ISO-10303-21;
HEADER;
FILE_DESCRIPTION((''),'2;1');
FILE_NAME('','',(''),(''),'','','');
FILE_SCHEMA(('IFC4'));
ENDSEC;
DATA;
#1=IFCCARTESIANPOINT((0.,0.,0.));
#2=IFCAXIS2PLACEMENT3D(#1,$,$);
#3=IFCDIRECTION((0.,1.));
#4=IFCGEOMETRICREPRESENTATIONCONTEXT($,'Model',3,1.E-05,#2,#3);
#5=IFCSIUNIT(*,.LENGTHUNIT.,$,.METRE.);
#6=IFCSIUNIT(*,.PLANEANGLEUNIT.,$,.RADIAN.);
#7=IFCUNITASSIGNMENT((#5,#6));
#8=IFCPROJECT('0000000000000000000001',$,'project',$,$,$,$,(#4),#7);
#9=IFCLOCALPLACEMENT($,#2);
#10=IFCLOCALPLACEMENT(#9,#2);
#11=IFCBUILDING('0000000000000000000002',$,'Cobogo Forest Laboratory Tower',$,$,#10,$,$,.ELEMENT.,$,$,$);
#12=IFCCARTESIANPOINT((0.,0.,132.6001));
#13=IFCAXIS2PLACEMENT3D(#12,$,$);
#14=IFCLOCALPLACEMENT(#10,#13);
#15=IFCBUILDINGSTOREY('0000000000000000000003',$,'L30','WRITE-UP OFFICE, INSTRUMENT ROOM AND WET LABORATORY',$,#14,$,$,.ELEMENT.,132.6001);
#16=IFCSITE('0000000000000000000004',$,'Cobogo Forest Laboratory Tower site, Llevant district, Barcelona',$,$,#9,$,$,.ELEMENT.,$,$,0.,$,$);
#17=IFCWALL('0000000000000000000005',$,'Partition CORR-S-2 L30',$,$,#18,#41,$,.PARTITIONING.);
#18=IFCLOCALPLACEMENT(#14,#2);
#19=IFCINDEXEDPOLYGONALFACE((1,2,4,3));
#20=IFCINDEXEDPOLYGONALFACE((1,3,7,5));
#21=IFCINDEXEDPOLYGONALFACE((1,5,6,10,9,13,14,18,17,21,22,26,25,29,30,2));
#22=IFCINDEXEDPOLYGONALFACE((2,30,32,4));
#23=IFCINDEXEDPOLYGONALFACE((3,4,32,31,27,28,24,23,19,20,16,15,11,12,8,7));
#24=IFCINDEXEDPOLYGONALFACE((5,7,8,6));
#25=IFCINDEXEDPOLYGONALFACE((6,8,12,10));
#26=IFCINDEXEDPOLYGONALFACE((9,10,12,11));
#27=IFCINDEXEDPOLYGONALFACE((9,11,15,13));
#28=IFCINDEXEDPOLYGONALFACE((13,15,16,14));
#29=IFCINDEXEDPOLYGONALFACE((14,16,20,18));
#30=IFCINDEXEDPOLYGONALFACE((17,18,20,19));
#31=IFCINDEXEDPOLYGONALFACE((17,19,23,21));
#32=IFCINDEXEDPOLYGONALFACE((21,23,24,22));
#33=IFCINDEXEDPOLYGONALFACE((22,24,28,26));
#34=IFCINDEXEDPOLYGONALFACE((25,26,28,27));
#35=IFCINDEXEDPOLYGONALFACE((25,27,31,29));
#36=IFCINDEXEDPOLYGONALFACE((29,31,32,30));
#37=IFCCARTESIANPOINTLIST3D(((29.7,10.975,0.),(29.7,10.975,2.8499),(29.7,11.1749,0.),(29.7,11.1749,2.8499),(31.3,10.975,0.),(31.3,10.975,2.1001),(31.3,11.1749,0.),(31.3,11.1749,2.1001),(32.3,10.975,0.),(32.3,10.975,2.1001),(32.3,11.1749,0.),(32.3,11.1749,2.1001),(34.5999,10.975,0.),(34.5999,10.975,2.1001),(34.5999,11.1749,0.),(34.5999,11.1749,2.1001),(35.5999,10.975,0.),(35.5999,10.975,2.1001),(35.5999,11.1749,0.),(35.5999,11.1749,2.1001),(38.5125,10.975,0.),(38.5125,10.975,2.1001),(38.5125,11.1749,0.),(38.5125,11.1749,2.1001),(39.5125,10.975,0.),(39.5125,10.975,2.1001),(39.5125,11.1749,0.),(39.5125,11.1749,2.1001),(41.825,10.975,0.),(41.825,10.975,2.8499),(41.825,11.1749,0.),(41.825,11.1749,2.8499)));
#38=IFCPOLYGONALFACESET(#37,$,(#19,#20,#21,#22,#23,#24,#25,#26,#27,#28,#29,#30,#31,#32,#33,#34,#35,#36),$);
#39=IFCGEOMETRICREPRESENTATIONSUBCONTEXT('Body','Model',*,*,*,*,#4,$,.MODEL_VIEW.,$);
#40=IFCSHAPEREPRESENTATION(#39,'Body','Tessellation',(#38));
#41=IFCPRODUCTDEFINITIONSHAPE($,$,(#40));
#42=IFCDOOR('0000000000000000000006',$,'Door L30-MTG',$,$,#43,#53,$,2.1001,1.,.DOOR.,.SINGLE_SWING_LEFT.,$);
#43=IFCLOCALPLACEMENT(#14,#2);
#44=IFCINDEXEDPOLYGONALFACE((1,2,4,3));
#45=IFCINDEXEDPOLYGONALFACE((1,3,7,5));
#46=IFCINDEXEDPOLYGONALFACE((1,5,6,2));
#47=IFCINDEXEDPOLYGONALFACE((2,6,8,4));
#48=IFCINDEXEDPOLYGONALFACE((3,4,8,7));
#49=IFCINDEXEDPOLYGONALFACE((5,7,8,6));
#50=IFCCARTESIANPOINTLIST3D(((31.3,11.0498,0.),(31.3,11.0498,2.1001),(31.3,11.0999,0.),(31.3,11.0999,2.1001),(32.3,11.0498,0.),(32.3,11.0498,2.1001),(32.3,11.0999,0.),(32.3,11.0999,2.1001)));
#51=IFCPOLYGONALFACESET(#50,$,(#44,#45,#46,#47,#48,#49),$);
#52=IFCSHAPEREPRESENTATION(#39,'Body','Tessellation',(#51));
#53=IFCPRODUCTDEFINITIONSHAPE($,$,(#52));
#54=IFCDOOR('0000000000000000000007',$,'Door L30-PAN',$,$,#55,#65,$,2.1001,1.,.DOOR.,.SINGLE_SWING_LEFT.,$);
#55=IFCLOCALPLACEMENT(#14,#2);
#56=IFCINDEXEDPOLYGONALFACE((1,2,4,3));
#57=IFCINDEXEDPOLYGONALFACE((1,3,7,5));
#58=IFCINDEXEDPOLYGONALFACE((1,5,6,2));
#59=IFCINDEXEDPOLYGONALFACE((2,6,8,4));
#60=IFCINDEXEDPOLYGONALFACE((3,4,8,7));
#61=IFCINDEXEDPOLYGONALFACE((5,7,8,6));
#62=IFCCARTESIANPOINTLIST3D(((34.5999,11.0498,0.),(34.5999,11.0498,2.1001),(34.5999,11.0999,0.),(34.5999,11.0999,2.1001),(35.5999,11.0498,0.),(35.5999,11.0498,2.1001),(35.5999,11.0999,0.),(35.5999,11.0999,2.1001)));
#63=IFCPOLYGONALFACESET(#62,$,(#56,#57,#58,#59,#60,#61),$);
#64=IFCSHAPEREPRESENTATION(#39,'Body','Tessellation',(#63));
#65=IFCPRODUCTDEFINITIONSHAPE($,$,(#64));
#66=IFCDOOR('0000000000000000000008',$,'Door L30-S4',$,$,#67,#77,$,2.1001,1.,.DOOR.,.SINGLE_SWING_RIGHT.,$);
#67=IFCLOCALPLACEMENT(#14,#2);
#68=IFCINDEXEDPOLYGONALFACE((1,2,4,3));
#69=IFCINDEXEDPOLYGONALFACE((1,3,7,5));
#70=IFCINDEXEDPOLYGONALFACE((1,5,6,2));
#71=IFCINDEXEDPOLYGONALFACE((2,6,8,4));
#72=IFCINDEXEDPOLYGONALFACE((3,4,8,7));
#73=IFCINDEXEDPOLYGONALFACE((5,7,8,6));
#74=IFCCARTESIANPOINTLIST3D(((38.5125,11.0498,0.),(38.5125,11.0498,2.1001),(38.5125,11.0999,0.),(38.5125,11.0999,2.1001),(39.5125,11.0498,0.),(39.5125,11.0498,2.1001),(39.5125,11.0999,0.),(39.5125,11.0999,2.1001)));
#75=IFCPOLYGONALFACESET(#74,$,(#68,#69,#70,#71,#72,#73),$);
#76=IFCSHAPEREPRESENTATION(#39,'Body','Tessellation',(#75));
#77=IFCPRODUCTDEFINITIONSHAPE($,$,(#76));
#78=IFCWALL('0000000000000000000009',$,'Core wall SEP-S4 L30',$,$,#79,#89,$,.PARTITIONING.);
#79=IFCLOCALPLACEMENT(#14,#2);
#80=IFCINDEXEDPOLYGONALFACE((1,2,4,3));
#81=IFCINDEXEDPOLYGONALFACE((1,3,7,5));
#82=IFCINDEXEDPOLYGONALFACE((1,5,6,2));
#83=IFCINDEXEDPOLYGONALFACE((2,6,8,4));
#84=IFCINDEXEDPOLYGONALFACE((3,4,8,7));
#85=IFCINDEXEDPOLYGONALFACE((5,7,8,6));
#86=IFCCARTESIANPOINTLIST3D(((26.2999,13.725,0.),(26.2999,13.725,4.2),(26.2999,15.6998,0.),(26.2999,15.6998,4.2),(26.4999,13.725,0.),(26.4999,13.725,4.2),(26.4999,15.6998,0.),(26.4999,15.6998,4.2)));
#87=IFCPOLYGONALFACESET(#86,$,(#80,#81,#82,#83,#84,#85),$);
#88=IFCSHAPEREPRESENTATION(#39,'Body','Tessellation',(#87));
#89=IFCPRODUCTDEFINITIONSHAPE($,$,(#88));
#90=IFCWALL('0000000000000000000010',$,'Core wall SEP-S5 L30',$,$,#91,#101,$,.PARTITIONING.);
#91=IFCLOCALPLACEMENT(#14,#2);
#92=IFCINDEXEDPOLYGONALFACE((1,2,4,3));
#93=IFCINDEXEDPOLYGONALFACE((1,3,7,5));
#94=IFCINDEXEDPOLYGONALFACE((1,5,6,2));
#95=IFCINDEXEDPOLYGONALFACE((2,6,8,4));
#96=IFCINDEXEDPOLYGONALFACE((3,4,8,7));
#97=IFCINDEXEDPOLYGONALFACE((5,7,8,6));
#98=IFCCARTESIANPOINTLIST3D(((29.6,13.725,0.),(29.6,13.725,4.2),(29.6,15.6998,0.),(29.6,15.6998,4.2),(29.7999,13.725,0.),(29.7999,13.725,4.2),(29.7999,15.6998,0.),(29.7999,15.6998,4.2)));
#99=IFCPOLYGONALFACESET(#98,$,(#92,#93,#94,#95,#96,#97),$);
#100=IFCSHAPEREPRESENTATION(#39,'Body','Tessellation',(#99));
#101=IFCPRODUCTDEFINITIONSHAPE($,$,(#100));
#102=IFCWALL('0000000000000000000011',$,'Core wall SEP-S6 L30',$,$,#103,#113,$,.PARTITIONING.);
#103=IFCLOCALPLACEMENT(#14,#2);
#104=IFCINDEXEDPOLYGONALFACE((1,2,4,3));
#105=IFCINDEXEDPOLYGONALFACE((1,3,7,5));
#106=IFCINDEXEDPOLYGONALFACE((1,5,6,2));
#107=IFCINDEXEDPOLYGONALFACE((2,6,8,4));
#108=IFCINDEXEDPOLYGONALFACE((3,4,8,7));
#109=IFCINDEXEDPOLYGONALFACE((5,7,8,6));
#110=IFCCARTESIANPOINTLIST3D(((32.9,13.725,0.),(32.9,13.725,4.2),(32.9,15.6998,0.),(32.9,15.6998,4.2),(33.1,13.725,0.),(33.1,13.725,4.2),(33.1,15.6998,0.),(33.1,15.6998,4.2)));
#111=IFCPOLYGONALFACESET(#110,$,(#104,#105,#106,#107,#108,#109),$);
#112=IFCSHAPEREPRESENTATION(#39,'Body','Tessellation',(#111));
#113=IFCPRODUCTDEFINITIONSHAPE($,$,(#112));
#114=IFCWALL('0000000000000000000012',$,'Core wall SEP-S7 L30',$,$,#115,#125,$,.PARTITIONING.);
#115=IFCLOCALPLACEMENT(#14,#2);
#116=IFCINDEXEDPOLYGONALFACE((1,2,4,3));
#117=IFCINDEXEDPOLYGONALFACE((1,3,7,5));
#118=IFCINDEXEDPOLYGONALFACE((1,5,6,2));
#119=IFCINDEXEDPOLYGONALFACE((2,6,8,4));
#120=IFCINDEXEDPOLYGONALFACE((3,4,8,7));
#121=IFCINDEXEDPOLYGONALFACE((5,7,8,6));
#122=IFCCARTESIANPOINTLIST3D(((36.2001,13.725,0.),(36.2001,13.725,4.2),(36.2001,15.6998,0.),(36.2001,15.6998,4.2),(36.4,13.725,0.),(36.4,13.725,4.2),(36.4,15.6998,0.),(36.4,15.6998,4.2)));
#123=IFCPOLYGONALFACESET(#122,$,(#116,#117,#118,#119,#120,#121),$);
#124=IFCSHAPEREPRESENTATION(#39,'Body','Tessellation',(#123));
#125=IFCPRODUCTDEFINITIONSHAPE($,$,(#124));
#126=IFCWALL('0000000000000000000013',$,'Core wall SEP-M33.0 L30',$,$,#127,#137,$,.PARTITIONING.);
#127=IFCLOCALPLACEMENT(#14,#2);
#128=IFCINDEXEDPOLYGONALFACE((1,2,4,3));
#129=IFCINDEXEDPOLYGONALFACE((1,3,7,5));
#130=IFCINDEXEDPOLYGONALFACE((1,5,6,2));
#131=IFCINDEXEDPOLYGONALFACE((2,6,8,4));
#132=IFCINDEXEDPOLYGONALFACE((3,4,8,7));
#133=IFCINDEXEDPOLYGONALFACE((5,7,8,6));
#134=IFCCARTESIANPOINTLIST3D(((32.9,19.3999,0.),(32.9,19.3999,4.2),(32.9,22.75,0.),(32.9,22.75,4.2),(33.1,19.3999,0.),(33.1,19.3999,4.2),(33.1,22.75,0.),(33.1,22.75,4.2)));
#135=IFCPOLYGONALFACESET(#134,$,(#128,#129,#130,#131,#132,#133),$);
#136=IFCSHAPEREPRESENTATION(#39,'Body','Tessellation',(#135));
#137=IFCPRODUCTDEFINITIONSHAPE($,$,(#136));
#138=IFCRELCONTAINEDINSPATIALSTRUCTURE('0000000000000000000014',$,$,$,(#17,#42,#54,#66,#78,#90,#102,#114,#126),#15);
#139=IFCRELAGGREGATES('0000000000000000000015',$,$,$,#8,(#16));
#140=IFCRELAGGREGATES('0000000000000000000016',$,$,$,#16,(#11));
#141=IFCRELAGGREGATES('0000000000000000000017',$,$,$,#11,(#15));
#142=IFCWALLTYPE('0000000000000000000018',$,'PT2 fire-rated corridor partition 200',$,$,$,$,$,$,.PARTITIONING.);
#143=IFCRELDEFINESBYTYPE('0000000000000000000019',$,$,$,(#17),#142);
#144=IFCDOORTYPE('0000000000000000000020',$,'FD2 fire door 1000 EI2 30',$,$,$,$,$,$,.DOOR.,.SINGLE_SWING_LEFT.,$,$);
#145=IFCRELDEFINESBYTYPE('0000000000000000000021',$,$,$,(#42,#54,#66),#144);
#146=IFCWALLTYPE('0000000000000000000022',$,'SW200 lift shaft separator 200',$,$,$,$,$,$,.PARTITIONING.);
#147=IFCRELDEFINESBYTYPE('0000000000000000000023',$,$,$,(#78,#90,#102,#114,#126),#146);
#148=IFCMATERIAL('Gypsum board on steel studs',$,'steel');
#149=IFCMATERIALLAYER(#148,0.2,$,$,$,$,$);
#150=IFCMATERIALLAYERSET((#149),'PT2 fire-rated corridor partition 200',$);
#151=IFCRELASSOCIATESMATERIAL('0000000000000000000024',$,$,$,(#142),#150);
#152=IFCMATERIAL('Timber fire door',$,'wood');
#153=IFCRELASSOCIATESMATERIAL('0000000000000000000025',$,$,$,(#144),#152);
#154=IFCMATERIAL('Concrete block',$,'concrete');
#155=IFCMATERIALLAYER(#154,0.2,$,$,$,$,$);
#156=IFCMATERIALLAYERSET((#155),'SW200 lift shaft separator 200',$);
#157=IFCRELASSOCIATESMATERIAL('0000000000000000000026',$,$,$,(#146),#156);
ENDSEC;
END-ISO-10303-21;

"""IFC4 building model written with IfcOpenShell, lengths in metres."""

from ifc_helpers import new_model, si_unit, direction, frame, frame_2d, origin, place, context, subcontext, project, spatial, rectangle, extrude, material, layer, layer_set, type_object, element, fill, save


model = new_model("IFC4")

# Units and contexts
model_context = context("Model", 3, precision=1e-05, world=origin(), true_north=direction((0.0, 1.0)))
body_context = subcontext(model_context, "Body", "Model", "MODEL_VIEW")
ifc_project = project(units=[si_unit("LENGTHUNIT", "METRE"), si_unit("PLANEANGLEUNIT", "RADIAN")], contexts=[model_context])

# Site, building, storey
site_placement = place(None, origin())
site = spatial("IfcSite", under=ifc_project, at=site_placement, Name="Cobogo Forest Laboratory Tower site, Llevant district, Barcelona", CompositionType="ELEMENT", RefElevation=0.0)
building_placement = place(site_placement, origin())
building = spatial("IfcBuilding", under=site, at=building_placement, Name="Cobogo Forest Laboratory Tower", CompositionType="ELEMENT")
storey_placement = place(building_placement, frame((0.0, 0.0, 132.6001)))
storey = spatial("IfcBuildingStorey", under=building, at=storey_placement, Name="L30", Description="WRITE-UP OFFICE, INSTRUMENT ROOM AND WET LABORATORY", CompositionType="ELEMENT", Elevation=132.6001)

# Wall, openings, doors
ifc_material_1 = material(Name="Gypsum board on steel studs", Category="steel")
ifc_layer_1 = layer(ifc_material_1, 0.2)
ifc_layer_set_1 = layer_set([ifc_layer_1], Name="PT2 fire-rated corridor partition 200")
wall_type_1 = type_object("IfcWallType", Name="PT2 fire-rated corridor partition 200", PredefinedType="PARTITIONING", material=ifc_layer_set_1)
wall_1_placement = place(storey_placement, frame((29.7, 11.075, 0.0), z_axis=(0.0, 0.0, 1.0), x_axis=(1.0, 0.0, 0.0)))
wall_1 = element("IfcWall", 1, at=wall_1_placement, inside=storey, type_object=wall_type_1, Name="Partition CORR-S-2 L30", PredefinedType="PARTITIONING", context=body_context, shape_type="SweptSolid", body=[
    extrude(rectangle(XDim=12.125, YDim=0.2, at=frame_2d((6.0625, 0.0))), origin(), (0.0, 0.0, 1.0), 2.8499),
])
opening_1_placement = place(wall_1_placement, frame((1.6001, 0.0, 0.0)))
opening_1 = element("IfcOpeningElement", 2, at=opening_1_placement, cuts=wall_1, PredefinedType="OPENING", context=body_context, shape_type="SweptSolid", body=[
    extrude(rectangle(XDim=1.0, YDim=2.1001, at=frame_2d((0.5, 1.05))), frame((0.0, 0.1099, 0.0), z_axis=(0.0, -1.0, 0.0), x_axis=(1.0, 0.0, 0.0)), (0.0, 0.0, 1.0), 0.22),
])
opening_2_placement = place(wall_1_placement, frame((4.8999, 0.0, 0.0)))
opening_2 = element("IfcOpeningElement", 3, at=opening_2_placement, cuts=wall_1, PredefinedType="OPENING", context=body_context, shape_type="SweptSolid", body=[
    extrude(rectangle(XDim=1.0, YDim=2.1001, at=frame_2d((0.5, 1.05))), frame((0.0, 0.1099, 0.0), z_axis=(0.0, -1.0, 0.0), x_axis=(1.0, 0.0, 0.0)), (0.0, 0.0, 1.0), 0.22),
])
opening_3_placement = place(wall_1_placement, frame((8.8125, 0.0, 0.0)))
opening_3 = element("IfcOpeningElement", 4, at=opening_3_placement, cuts=wall_1, PredefinedType="OPENING", context=body_context, shape_type="SweptSolid", body=[
    extrude(rectangle(XDim=1.0, YDim=2.1001, at=frame_2d((0.5, 1.05))), frame((0.0, 0.1099, 0.0), z_axis=(0.0, -1.0, 0.0), x_axis=(1.0, 0.0, 0.0)), (0.0, 0.0, 1.0), 0.22),
])
ifc_material_2 = material(Name="Timber fire door", Category="wood")
door_type_1 = type_object("IfcDoorType", Name="FD2 fire door 1000 EI2 30", OperationType="SINGLE_SWING_LEFT", PredefinedType="DOOR", material=ifc_material_2)
door_1_placement = place(opening_1_placement, origin())
door_1 = element("IfcDoor", 5, at=door_1_placement, inside=storey, type_object=door_type_1, Name="Door L30-MTG", OperationType="SINGLE_SWING_LEFT", OverallHeight=2.1001, OverallWidth=1.0, PredefinedType="DOOR", context=body_context, shape_type="SweptSolid", body=[
    extrude(rectangle(XDim=1.0, YDim=2.1001, at=frame_2d((0.5, 1.05))), frame((0.0, 0.0249, 0.0), z_axis=(0.0, -1.0, 0.0), x_axis=(1.0, 0.0, 0.0)), (0.0, 0.0, 1.0), 0.05),
])
fill(opening_1, door_1)
door_2_placement = place(opening_2_placement, origin())
door_2 = element("IfcDoor", 6, at=door_2_placement, inside=storey, type_object=door_type_1, Name="Door L30-PAN", OperationType="SINGLE_SWING_LEFT", OverallHeight=2.1001, OverallWidth=1.0, PredefinedType="DOOR", context=body_context, shape_type="SweptSolid", body=[
    extrude(rectangle(XDim=1.0, YDim=2.1001, at=frame_2d((0.5, 1.05))), frame((0.0, 0.0249, 0.0), z_axis=(0.0, -1.0, 0.0), x_axis=(1.0, 0.0, 0.0)), (0.0, 0.0, 1.0), 0.05),
])
fill(opening_2, door_2)
door_3_placement = place(opening_3_placement, origin())
door_3 = element("IfcDoor", 7, at=door_3_placement, inside=storey, type_object=door_type_1, Name="Door L30-S4", OperationType="SINGLE_SWING_RIGHT", OverallHeight=2.1001, OverallWidth=1.0, PredefinedType="DOOR", context=body_context, shape_type="SweptSolid", body=[
    extrude(rectangle(XDim=1.0, YDim=2.1001, at=frame_2d((0.5, 1.05))), frame((0.0, 0.0249, 0.0), z_axis=(0.0, -1.0, 0.0), x_axis=(1.0, 0.0, 0.0)), (0.0, 0.0, 1.0), 0.05),
])
fill(opening_3, door_3)

# Walls
ifc_material_3 = material(Name="Concrete block", Category="concrete")
ifc_layer_2 = layer(ifc_material_3, 0.2)
ifc_layer_set_2 = layer_set([ifc_layer_2], Name="SW200 lift shaft separator 200")
wall_type_2 = type_object("IfcWallType", Name="SW200 lift shaft separator 200", PredefinedType="PARTITIONING", material=ifc_layer_set_2)
for number, where, z_axis, x_axis, name in (
    (8, (26.3999, 13.7251, 0.0), (0.0, 0.0, 1.0), (0.0, 1.0, 0.0), "Core wall SEP-S4 L30"),
    (9, (29.7, 13.7251, 0.0), (0.0, 0.0, 1.0), (0.0, 1.0, 0.0), "Core wall SEP-S5 L30"),
    (10, (33.0, 13.7251, 0.0), (0.0, 0.0, 1.0), (0.0, 1.0, 0.0), "Core wall SEP-S6 L30"),
    (11, (36.3, 13.7251, 0.0), (0.0, 0.0, 1.0), (0.0, 1.0, 0.0), "Core wall SEP-S7 L30"),
):
    element("IfcWall", number, at=place(storey_placement, frame(where, z_axis=z_axis, x_axis=x_axis)), inside=storey, type_object=wall_type_2, Name=name, PredefinedType="PARTITIONING", context=body_context, shape_type="SweptSolid", body=[
        extrude(rectangle(XDim=1.9749, YDim=0.2, at=frame_2d((0.9873, 0.0))), origin(), (0.0, 0.0, 1.0), 4.2),
    ])
wall_2_placement = place(storey_placement, frame((33.0, 19.3999, 0.0), z_axis=(0.0, 0.0, 1.0), x_axis=(0.0, 1.0, 0.0)))
element("IfcWall", 12, at=wall_2_placement, inside=storey, type_object=wall_type_2, Name="Core wall SEP-M33.0 L30", PredefinedType="PARTITIONING", context=body_context, shape_type="SweptSolid", body=[
    extrude(rectangle(XDim=3.3501, YDim=0.2, at=frame_2d((1.675, 0.0))), origin(), (0.0, 0.0, 1.0), 4.2),
])

save(model, "model.ifc")
